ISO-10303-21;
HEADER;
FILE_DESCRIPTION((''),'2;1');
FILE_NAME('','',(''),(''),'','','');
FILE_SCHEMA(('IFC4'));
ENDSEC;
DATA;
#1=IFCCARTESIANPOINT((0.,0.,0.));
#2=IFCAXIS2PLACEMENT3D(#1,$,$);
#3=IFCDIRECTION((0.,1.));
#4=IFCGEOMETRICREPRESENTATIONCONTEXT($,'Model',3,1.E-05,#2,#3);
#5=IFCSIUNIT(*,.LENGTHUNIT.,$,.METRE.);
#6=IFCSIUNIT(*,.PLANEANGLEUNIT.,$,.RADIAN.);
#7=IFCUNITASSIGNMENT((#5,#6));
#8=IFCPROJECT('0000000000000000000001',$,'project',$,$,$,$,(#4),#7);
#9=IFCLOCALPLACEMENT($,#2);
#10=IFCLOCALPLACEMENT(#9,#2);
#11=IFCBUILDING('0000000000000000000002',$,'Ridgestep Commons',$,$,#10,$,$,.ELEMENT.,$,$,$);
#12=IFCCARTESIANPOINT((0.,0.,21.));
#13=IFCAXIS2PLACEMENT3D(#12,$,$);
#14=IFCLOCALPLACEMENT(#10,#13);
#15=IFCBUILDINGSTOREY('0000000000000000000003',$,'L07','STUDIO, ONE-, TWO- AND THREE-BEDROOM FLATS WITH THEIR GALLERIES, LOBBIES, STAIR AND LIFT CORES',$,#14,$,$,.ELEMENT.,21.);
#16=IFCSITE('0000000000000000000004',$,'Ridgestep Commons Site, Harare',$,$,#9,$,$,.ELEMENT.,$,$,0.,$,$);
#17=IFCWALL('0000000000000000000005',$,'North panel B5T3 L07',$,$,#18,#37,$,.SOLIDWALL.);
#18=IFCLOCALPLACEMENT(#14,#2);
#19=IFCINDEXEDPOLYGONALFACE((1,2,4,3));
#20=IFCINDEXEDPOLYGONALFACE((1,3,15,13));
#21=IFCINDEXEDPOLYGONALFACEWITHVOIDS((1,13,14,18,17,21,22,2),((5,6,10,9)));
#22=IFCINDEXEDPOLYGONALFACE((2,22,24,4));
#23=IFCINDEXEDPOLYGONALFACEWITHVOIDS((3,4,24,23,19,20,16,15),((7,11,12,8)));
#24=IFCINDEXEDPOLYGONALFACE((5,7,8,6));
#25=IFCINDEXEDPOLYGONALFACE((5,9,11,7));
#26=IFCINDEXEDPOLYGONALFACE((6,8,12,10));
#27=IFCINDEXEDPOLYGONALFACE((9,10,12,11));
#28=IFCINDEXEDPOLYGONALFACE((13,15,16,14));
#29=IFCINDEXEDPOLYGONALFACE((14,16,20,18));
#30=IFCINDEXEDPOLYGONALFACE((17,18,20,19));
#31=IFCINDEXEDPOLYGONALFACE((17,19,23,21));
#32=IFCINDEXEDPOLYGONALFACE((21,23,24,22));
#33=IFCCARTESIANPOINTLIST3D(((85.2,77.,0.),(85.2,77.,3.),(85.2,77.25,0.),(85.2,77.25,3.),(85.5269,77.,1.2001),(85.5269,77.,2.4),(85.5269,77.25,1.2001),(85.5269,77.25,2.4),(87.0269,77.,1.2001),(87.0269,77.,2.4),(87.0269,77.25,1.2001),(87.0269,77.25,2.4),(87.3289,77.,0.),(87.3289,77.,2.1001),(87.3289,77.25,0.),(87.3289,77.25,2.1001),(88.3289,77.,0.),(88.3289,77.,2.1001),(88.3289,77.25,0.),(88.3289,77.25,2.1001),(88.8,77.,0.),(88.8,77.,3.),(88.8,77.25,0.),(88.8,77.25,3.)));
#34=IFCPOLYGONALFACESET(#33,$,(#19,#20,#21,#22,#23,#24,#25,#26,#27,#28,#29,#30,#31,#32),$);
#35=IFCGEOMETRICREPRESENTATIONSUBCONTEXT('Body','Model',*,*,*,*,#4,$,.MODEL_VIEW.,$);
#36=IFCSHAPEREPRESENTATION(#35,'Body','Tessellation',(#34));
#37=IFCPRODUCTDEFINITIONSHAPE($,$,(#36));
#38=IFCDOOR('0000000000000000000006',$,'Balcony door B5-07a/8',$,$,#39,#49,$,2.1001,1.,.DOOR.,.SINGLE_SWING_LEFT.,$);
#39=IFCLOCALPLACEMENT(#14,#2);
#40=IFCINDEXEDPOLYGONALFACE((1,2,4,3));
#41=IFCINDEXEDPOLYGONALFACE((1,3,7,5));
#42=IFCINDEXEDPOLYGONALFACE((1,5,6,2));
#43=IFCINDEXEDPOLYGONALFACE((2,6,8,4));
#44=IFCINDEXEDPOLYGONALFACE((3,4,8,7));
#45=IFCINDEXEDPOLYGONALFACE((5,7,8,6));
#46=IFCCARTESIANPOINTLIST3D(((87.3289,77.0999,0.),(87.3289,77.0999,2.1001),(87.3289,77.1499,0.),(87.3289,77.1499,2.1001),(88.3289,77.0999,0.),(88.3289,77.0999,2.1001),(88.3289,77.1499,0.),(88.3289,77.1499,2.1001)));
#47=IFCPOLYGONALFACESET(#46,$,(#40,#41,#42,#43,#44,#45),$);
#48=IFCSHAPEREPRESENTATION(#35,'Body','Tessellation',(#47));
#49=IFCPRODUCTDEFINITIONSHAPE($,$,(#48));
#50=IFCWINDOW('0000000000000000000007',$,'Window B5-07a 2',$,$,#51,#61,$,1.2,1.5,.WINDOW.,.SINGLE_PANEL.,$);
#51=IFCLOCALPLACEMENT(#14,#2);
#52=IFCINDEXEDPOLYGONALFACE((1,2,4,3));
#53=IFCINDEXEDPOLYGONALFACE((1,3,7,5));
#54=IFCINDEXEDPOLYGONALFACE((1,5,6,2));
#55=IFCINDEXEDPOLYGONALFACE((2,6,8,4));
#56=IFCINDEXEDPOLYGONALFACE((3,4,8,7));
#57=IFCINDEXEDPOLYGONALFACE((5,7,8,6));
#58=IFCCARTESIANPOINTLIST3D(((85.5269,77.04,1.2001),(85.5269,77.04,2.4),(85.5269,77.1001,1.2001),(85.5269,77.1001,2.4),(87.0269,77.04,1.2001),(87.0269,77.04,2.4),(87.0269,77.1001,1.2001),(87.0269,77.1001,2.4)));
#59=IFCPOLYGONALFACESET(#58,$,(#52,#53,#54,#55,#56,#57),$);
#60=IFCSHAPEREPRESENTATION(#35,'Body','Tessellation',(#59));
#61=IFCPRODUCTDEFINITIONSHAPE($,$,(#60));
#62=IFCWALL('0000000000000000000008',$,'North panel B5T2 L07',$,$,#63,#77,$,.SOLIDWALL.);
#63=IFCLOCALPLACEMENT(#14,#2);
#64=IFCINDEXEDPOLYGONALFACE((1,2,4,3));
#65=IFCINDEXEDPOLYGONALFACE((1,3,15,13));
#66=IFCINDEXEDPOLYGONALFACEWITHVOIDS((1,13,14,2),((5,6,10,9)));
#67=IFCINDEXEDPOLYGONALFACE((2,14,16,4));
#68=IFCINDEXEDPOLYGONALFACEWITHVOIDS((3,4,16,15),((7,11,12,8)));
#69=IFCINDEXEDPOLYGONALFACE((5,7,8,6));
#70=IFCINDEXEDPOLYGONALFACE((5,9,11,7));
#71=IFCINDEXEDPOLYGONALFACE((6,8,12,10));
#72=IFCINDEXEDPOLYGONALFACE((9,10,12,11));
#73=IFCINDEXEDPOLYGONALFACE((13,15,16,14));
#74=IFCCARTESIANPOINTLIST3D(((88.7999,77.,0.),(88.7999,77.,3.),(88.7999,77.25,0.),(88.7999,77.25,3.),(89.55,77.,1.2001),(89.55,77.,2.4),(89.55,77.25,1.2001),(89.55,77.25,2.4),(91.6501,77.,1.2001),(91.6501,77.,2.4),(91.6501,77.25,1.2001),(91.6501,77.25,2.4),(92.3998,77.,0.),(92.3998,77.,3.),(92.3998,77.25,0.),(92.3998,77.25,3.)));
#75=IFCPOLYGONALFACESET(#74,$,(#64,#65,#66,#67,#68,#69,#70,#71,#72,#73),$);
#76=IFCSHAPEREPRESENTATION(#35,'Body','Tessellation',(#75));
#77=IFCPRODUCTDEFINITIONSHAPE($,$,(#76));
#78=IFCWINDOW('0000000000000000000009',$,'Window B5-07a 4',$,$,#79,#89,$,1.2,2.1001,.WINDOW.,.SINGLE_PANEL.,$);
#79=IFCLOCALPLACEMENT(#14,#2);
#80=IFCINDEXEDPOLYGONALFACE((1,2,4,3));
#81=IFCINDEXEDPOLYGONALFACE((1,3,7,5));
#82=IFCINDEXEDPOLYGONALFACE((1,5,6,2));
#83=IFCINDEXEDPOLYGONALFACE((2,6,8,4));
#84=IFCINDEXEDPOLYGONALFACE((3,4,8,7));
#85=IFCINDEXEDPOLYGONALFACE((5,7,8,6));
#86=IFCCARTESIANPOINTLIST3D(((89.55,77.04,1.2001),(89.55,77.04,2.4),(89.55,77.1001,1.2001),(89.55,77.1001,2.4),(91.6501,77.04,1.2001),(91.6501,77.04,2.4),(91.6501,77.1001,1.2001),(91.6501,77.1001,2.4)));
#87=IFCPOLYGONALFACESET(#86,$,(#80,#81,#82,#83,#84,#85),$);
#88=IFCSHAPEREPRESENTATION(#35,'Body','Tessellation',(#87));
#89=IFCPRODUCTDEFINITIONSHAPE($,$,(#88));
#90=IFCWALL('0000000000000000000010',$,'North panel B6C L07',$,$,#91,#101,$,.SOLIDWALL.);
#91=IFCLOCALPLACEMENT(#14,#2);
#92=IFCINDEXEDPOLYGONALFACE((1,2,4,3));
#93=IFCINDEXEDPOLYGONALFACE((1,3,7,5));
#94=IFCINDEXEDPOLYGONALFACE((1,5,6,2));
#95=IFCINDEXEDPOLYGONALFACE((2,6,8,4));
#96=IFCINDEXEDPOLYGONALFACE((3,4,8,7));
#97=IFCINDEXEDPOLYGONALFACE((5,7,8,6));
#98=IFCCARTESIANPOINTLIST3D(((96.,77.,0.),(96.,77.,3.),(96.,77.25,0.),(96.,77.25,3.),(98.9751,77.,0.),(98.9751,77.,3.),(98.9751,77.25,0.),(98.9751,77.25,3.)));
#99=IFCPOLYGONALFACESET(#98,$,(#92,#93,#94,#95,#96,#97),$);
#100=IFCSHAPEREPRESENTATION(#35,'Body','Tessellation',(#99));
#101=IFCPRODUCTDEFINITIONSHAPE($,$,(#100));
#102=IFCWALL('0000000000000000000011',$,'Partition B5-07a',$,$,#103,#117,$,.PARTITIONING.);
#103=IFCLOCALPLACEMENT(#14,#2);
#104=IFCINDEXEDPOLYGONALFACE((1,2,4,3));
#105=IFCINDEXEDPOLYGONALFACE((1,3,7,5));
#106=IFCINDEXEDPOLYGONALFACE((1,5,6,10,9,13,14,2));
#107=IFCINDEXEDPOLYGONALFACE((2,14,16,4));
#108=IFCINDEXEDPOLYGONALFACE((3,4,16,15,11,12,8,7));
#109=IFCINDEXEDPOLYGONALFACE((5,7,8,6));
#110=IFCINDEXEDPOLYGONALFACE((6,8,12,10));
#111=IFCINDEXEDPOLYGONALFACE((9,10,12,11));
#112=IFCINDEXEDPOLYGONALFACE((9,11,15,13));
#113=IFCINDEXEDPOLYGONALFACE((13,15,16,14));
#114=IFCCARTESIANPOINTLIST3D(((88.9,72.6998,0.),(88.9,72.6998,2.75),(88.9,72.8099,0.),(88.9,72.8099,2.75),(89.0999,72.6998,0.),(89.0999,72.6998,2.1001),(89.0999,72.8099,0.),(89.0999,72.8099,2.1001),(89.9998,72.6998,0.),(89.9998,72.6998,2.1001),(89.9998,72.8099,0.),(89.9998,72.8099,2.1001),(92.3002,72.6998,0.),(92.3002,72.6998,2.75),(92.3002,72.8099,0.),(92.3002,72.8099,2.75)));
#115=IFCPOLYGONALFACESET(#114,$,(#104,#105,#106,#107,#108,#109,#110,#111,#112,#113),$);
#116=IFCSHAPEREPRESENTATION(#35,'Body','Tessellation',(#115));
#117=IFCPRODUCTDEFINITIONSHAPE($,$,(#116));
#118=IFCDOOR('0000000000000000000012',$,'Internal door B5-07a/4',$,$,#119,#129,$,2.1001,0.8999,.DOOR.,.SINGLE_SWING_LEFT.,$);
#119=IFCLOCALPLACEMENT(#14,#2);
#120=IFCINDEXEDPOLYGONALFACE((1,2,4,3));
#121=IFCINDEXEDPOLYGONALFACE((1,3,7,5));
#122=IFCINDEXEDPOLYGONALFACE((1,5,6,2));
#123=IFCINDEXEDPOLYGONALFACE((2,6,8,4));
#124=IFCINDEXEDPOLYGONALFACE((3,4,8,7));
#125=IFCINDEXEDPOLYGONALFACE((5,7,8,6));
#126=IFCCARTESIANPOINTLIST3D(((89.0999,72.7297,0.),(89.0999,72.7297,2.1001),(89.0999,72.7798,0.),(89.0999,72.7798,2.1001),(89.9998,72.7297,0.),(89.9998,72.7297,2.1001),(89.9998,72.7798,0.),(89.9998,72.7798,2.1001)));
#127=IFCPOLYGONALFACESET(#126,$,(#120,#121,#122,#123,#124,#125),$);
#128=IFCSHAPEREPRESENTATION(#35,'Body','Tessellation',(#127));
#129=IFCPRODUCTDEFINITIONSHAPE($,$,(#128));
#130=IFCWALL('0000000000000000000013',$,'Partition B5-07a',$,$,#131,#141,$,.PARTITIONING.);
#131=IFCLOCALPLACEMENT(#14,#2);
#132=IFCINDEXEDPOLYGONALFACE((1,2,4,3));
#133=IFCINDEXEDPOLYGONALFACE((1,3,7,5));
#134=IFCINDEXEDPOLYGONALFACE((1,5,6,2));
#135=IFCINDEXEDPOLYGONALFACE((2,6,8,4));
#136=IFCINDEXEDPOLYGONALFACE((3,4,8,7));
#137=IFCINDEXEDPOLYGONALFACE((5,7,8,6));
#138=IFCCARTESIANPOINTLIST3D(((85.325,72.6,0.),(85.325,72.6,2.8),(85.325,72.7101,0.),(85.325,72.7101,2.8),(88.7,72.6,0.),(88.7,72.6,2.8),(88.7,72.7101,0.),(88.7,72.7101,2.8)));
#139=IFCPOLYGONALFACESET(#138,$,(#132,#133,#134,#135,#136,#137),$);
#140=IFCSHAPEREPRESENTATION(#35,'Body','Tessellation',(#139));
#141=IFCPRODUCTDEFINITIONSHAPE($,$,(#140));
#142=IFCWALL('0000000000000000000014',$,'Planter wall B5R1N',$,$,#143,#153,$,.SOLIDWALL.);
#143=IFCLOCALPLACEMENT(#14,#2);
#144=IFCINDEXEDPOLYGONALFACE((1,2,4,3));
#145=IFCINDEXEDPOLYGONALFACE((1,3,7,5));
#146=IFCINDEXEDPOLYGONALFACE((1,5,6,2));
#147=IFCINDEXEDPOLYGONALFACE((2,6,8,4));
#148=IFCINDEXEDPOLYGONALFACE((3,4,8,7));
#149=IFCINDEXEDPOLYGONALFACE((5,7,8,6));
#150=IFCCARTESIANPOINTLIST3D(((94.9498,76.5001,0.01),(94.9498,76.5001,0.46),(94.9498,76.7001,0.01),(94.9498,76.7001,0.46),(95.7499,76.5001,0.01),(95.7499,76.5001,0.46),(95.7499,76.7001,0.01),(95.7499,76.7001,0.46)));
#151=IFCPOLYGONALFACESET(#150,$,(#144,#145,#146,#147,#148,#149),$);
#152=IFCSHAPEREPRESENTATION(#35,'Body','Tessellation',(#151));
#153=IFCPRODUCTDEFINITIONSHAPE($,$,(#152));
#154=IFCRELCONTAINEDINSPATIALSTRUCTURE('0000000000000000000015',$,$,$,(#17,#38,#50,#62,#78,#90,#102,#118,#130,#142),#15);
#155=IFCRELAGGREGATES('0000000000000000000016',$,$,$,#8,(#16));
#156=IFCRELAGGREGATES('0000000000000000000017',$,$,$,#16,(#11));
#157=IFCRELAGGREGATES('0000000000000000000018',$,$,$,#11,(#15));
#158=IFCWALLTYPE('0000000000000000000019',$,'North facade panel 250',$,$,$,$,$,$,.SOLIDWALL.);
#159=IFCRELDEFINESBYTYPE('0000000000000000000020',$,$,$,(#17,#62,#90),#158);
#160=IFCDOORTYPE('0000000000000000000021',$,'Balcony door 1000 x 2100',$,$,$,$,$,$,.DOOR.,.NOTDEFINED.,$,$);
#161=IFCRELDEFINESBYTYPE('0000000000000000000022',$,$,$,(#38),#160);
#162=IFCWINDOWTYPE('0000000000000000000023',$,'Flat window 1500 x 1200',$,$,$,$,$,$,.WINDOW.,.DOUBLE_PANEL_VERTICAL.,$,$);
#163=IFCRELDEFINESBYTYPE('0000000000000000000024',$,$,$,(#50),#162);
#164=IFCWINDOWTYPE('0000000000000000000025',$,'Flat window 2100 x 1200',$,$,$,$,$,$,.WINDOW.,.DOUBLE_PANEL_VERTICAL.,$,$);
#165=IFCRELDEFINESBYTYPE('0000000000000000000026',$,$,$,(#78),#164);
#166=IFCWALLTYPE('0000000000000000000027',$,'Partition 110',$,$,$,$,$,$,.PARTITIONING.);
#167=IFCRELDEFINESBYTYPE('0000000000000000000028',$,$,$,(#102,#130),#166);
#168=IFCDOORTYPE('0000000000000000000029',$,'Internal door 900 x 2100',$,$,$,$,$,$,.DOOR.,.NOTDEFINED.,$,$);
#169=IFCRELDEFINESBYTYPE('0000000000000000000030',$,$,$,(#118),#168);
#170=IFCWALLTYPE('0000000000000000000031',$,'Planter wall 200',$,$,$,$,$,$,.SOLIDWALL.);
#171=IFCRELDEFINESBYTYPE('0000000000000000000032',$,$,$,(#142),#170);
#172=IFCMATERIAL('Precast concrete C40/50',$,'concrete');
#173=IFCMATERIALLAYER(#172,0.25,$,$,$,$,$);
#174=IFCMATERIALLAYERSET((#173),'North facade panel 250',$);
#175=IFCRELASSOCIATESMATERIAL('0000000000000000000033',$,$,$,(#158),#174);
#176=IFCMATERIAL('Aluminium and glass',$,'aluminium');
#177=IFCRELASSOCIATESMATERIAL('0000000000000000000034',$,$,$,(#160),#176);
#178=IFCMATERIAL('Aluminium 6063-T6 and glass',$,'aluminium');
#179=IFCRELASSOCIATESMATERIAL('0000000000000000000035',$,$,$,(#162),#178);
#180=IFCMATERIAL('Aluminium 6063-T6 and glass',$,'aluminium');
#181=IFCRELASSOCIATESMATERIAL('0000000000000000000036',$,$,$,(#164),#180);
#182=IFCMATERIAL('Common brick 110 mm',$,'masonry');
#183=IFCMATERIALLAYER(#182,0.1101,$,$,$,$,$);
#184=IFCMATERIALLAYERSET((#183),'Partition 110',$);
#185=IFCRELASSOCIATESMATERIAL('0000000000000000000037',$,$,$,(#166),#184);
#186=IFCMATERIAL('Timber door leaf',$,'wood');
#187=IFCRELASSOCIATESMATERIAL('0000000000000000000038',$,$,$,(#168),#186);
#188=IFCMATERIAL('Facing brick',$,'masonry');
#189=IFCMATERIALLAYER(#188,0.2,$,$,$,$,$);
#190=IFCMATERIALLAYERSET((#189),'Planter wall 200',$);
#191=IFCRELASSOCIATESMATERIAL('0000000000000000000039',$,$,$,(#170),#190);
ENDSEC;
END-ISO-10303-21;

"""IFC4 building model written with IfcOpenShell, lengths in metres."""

from ifc_helpers import new_model, si_unit, direction, frame, frame_2d, origin, place, context, subcontext, project, spatial, rectangle, extrude, material, layer, layer_set, type_object, element, fill, save


model = new_model("IFC4")

# Units and contexts
model_context = context("Model", 3, precision=1e-05, world=origin(), true_north=direction((0.0, 1.0)))
body_context = subcontext(model_context, "Body", "Model", "MODEL_VIEW")
ifc_project = project(units=[si_unit("LENGTHUNIT", "METRE"), si_unit("PLANEANGLEUNIT", "RADIAN")], contexts=[model_context])

# Site, building, storey
site_placement = place(None, origin())
site = spatial("IfcSite", under=ifc_project, at=site_placement, Name="Ridgestep Commons Site, Harare", CompositionType="ELEMENT", RefElevation=0.0)
building_placement = place(site_placement, origin())
building = spatial("IfcBuilding", under=site, at=building_placement, Name="Ridgestep Commons", CompositionType="ELEMENT")
storey_placement = place(building_placement, frame((0.0, 0.0, 21.0)))
storey = spatial("IfcBuildingStorey", under=building, at=storey_placement, Name="L07", Description="STUDIO, ONE-, TWO- AND THREE-BEDROOM FLATS WITH THEIR GALLERIES, LOBBIES, STAIR AND LIFT CORES", CompositionType="ELEMENT", Elevation=21.0)

# Wall, openings, door, window
ifc_material_1 = material(Name="Precast concrete C40/50", Category="concrete")
ifc_layer_1 = layer(ifc_material_1, 0.25)
ifc_layer_set_1 = layer_set([ifc_layer_1], Name="North facade panel 250")
wall_type_1 = type_object("IfcWallType", Name="North facade panel 250", PredefinedType="SOLIDWALL", material=ifc_layer_set_1)
wall_1_placement = place(storey_placement, frame((85.2, 77.125, 0.0), z_axis=(0.0, 0.0, 1.0), x_axis=(1.0, 0.0, 0.0)))
wall_1 = element("IfcWall", 1, at=wall_1_placement, inside=storey, type_object=wall_type_1, Name="North panel B5T3 L07", PredefinedType="SOLIDWALL", context=body_context, shape_type="SweptSolid", body=[
    extrude(rectangle(XDim=3.6001, YDim=0.25, at=frame_2d((1.8, 0.0))), origin(), (0.0, 0.0, 1.0), 3.0),
])
opening_1_placement = place(wall_1_placement, frame((0.3269, 0.0, 1.2)))
opening_1 = element("IfcOpeningElement", 2, at=opening_1_placement, cuts=wall_1, PredefinedType="OPENING", context=body_context, shape_type="SweptSolid", body=[
    extrude(rectangle(XDim=1.5, YDim=1.2, at=frame_2d((0.75, 0.6001))), frame((0.0, 0.135, 0.0), z_axis=(0.0, -1.0, 0.0), x_axis=(1.0, 0.0, 0.0)), (0.0, 0.0, 1.0), 0.27),
])
opening_2_placement = place(wall_1_placement, frame((2.1289, 0.0, 0.0)))
opening_2 = element("IfcOpeningElement", 3, at=opening_2_placement, cuts=wall_1, PredefinedType="OPENING", context=body_context, shape_type="SweptSolid", body=[
    extrude(rectangle(XDim=1.0, YDim=2.1001, at=frame_2d((0.5, 1.05))), frame((0.0, 0.135, 0.0), z_axis=(0.0, -1.0, 0.0), x_axis=(1.0, 0.0, 0.0)), (0.0, 0.0, 1.0), 0.27),
])
ifc_material_2 = material(Name="Aluminium and glass", Category="aluminium")
door_type_1 = type_object("IfcDoorType", Name="Balcony door 1000 x 2100", OperationType="NOTDEFINED", PredefinedType="DOOR", material=ifc_material_2)
door_1_placement = place(opening_2_placement, origin())
door_1 = element("IfcDoor", 4, at=door_1_placement, inside=storey, type_object=door_type_1, Name="Balcony door B5-07a/8", OperationType="SINGLE_SWING_LEFT", OverallHeight=2.1001, OverallWidth=1.0, PredefinedType="DOOR", context=body_context, shape_type="SweptSolid", body=[
    extrude(rectangle(XDim=1.0, YDim=2.1001, at=frame_2d((0.5, 1.05))), frame((0.0, 0.0249, 0.0), z_axis=(0.0, -1.0, 0.0), x_axis=(1.0, 0.0, 0.0)), (0.0, 0.0, 1.0), 0.05),
])
fill(opening_2, door_1)
ifc_material_3 = material(Name="Aluminium 6063-T6 and glass", Category="aluminium")
window_type_1 = type_object("IfcWindowType", Name="Flat window 1500 x 1200", PartitioningType="DOUBLE_PANEL_VERTICAL", PredefinedType="WINDOW", material=ifc_material_3)
window_1_placement = place(opening_1_placement, origin())
window_1 = element("IfcWindow", 5, at=window_1_placement, inside=storey, type_object=window_type_1, Name="Window B5-07a 2", OverallHeight=1.2, OverallWidth=1.5, PartitioningType="SINGLE_PANEL", PredefinedType="WINDOW", context=body_context, shape_type="SweptSolid", body=[
    extrude(rectangle(XDim=1.5, YDim=1.2, at=frame_2d((0.75, 0.6001))), frame((0.0, -0.0249, 0.0), z_axis=(0.0, -1.0, 0.0), x_axis=(1.0, 0.0, 0.0)), (0.0, 0.0, 1.0), 0.0601),
])
fill(opening_1, window_1)

# Wall, opening, window
wall_2_placement = place(storey_placement, frame((88.8, 77.125, 0.0), z_axis=(0.0, 0.0, 1.0), x_axis=(1.0, 0.0, 0.0)))
wall_2 = element("IfcWall", 6, at=wall_2_placement, inside=storey, type_object=wall_type_1, Name="North panel B5T2 L07", PredefinedType="SOLIDWALL", context=body_context, shape_type="SweptSolid", body=[
    extrude(rectangle(XDim=3.5999, YDim=0.25, at=frame_2d((1.7998, 0.0))), origin(), (0.0, 0.0, 1.0), 3.0),
])
opening_3_placement = place(wall_2_placement, frame((0.75, 0.0, 1.2)))
opening_3 = element("IfcOpeningElement", 7, at=opening_3_placement, cuts=wall_2, PredefinedType="OPENING", context=body_context, shape_type="SweptSolid", body=[
    extrude(rectangle(XDim=2.1001, YDim=1.2, at=frame_2d((1.05, 0.6001))), frame((0.0, 0.135, 0.0), z_axis=(0.0, -1.0, 0.0), x_axis=(1.0, 0.0, 0.0)), (0.0, 0.0, 1.0), 0.27),
])
ifc_material_4 = material(Name="Aluminium 6063-T6 and glass", Category="aluminium")
window_type_2 = type_object("IfcWindowType", Name="Flat window 2100 x 1200", PartitioningType="DOUBLE_PANEL_VERTICAL", PredefinedType="WINDOW", material=ifc_material_4)
window_2_placement = place(opening_3_placement, origin())
window_2 = element("IfcWindow", 8, at=window_2_placement, inside=storey, type_object=window_type_2, Name="Window B5-07a 4", OverallHeight=1.2, OverallWidth=2.1001, PartitioningType="SINGLE_PANEL", PredefinedType="WINDOW", context=body_context, shape_type="SweptSolid", body=[
    extrude(rectangle(XDim=2.1001, YDim=1.2, at=frame_2d((1.05, 0.6001))), frame((0.0, -0.0249, 0.0), z_axis=(0.0, -1.0, 0.0), x_axis=(1.0, 0.0, 0.0)), (0.0, 0.0, 1.0), 0.0601),
])
fill(opening_3, window_2)

# Wall
wall_3_placement = place(storey_placement, frame((96.0, 77.125, 0.0), z_axis=(0.0, 0.0, 1.0), x_axis=(1.0, 0.0, 0.0)))
element("IfcWall", 9, at=wall_3_placement, inside=storey, type_object=wall_type_1, Name="North panel B6C L07", PredefinedType="SOLIDWALL", context=body_context, shape_type="SweptSolid", body=[
    extrude(rectangle(XDim=2.9751, YDim=0.25, at=frame_2d((1.4875, 0.0))), origin(), (0.0, 0.0, 1.0), 3.0),
])

# Wall, opening, door
ifc_material_5 = material(Name="Common brick 110 mm", Category="masonry")
ifc_layer_2 = layer(ifc_material_5, 0.1101)
ifc_layer_set_2 = layer_set([ifc_layer_2], Name="Partition 110")
wall_type_2 = type_object("IfcWallType", Name="Partition 110", PredefinedType="PARTITIONING", material=ifc_layer_set_2)
wall_4_placement = place(storey_placement, frame((88.8999, 72.7549, 0.0), z_axis=(0.0, 0.0, 1.0), x_axis=(1.0, 0.0, 0.0)))
wall_4 = element("IfcWall", 10, at=wall_4_placement, inside=storey, type_object=wall_type_2, Name="Partition B5-07a", PredefinedType="PARTITIONING", context=body_context, shape_type="SweptSolid", body=[
    extrude(rectangle(XDim=3.4001, YDim=0.1101, at=frame_2d((1.7002, 0.0))), origin(), (0.0, 0.0, 1.0), 2.75),
])
opening_4_placement = place(wall_4_placement, frame((0.2, 0.0, 0.0)))
opening_4 = element("IfcOpeningElement", 11, at=opening_4_placement, cuts=wall_4, PredefinedType="OPENING", context=body_context, shape_type="SweptSolid", body=[
    extrude(rectangle(XDim=0.8999, YDim=2.1001, at=frame_2d((0.45, 1.05))), frame((0.0, 0.0649, 0.0), z_axis=(0.0, -1.0, 0.0), x_axis=(1.0, 0.0, 0.0)), (0.0, 0.0, 1.0), 0.1301),
])
ifc_material_6 = material(Name="Timber door leaf", Category="wood")
door_type_2 = type_object("IfcDoorType", Name="Internal door 900 x 2100", OperationType="NOTDEFINED", PredefinedType="DOOR", material=ifc_material_6)
door_2_placement = place(opening_4_placement, origin())
door_2 = element("IfcDoor", 12, at=door_2_placement, inside=storey, type_object=door_type_2, Name="Internal door B5-07a/4", OperationType="SINGLE_SWING_LEFT", OverallHeight=2.1001, OverallWidth=0.8999, PredefinedType="DOOR", context=body_context, shape_type="SweptSolid", body=[
    extrude(rectangle(XDim=0.8999, YDim=2.1001, at=frame_2d((0.45, 1.05))), frame((0.0, 0.0249, 0.0), z_axis=(0.0, -1.0, 0.0), x_axis=(1.0, 0.0, 0.0)), (0.0, 0.0, 1.0), 0.05),
])
fill(opening_4, door_2)

# Walls
wall_5_placement = place(storey_placement, frame((85.325, 72.655, 0.0), z_axis=(0.0, 0.0, 1.0), x_axis=(1.0, 0.0, 0.0)))
element("IfcWall", 13, at=wall_5_placement, inside=storey, type_object=wall_type_2, Name="Partition B5-07a", PredefinedType="PARTITIONING", context=body_context, shape_type="SweptSolid", body=[
    extrude(rectangle(XDim=3.375, YDim=0.1101, at=frame_2d((1.6875, 0.0))), origin(), (0.0, 0.0, 1.0), 2.8),
])
ifc_material_7 = material(Name="Facing brick", Category="masonry")
ifc_layer_3 = layer(ifc_material_7, 0.2)
ifc_layer_set_3 = layer_set([ifc_layer_3], Name="Planter wall 200")
wall_type_3 = type_object("IfcWallType", Name="Planter wall 200", PredefinedType="SOLIDWALL", material=ifc_layer_set_3)
wall_6_placement = place(storey_placement, frame((94.95, 76.6001, 0.01), z_axis=(0.0, 0.0, 1.0), x_axis=(1.0, 0.0, 0.0)))
element("IfcWall", 14, at=wall_6_placement, inside=storey, type_object=wall_type_3, Name="Planter wall B5R1N", PredefinedType="SOLIDWALL", context=body_context, shape_type="SweptSolid", body=[
    extrude(rectangle(XDim=0.8, YDim=0.2, at=frame_2d((0.3999, 0.0))), origin(), (0.0, 0.0, 1.0), 0.45),
])

save(model, "model.ifc")
